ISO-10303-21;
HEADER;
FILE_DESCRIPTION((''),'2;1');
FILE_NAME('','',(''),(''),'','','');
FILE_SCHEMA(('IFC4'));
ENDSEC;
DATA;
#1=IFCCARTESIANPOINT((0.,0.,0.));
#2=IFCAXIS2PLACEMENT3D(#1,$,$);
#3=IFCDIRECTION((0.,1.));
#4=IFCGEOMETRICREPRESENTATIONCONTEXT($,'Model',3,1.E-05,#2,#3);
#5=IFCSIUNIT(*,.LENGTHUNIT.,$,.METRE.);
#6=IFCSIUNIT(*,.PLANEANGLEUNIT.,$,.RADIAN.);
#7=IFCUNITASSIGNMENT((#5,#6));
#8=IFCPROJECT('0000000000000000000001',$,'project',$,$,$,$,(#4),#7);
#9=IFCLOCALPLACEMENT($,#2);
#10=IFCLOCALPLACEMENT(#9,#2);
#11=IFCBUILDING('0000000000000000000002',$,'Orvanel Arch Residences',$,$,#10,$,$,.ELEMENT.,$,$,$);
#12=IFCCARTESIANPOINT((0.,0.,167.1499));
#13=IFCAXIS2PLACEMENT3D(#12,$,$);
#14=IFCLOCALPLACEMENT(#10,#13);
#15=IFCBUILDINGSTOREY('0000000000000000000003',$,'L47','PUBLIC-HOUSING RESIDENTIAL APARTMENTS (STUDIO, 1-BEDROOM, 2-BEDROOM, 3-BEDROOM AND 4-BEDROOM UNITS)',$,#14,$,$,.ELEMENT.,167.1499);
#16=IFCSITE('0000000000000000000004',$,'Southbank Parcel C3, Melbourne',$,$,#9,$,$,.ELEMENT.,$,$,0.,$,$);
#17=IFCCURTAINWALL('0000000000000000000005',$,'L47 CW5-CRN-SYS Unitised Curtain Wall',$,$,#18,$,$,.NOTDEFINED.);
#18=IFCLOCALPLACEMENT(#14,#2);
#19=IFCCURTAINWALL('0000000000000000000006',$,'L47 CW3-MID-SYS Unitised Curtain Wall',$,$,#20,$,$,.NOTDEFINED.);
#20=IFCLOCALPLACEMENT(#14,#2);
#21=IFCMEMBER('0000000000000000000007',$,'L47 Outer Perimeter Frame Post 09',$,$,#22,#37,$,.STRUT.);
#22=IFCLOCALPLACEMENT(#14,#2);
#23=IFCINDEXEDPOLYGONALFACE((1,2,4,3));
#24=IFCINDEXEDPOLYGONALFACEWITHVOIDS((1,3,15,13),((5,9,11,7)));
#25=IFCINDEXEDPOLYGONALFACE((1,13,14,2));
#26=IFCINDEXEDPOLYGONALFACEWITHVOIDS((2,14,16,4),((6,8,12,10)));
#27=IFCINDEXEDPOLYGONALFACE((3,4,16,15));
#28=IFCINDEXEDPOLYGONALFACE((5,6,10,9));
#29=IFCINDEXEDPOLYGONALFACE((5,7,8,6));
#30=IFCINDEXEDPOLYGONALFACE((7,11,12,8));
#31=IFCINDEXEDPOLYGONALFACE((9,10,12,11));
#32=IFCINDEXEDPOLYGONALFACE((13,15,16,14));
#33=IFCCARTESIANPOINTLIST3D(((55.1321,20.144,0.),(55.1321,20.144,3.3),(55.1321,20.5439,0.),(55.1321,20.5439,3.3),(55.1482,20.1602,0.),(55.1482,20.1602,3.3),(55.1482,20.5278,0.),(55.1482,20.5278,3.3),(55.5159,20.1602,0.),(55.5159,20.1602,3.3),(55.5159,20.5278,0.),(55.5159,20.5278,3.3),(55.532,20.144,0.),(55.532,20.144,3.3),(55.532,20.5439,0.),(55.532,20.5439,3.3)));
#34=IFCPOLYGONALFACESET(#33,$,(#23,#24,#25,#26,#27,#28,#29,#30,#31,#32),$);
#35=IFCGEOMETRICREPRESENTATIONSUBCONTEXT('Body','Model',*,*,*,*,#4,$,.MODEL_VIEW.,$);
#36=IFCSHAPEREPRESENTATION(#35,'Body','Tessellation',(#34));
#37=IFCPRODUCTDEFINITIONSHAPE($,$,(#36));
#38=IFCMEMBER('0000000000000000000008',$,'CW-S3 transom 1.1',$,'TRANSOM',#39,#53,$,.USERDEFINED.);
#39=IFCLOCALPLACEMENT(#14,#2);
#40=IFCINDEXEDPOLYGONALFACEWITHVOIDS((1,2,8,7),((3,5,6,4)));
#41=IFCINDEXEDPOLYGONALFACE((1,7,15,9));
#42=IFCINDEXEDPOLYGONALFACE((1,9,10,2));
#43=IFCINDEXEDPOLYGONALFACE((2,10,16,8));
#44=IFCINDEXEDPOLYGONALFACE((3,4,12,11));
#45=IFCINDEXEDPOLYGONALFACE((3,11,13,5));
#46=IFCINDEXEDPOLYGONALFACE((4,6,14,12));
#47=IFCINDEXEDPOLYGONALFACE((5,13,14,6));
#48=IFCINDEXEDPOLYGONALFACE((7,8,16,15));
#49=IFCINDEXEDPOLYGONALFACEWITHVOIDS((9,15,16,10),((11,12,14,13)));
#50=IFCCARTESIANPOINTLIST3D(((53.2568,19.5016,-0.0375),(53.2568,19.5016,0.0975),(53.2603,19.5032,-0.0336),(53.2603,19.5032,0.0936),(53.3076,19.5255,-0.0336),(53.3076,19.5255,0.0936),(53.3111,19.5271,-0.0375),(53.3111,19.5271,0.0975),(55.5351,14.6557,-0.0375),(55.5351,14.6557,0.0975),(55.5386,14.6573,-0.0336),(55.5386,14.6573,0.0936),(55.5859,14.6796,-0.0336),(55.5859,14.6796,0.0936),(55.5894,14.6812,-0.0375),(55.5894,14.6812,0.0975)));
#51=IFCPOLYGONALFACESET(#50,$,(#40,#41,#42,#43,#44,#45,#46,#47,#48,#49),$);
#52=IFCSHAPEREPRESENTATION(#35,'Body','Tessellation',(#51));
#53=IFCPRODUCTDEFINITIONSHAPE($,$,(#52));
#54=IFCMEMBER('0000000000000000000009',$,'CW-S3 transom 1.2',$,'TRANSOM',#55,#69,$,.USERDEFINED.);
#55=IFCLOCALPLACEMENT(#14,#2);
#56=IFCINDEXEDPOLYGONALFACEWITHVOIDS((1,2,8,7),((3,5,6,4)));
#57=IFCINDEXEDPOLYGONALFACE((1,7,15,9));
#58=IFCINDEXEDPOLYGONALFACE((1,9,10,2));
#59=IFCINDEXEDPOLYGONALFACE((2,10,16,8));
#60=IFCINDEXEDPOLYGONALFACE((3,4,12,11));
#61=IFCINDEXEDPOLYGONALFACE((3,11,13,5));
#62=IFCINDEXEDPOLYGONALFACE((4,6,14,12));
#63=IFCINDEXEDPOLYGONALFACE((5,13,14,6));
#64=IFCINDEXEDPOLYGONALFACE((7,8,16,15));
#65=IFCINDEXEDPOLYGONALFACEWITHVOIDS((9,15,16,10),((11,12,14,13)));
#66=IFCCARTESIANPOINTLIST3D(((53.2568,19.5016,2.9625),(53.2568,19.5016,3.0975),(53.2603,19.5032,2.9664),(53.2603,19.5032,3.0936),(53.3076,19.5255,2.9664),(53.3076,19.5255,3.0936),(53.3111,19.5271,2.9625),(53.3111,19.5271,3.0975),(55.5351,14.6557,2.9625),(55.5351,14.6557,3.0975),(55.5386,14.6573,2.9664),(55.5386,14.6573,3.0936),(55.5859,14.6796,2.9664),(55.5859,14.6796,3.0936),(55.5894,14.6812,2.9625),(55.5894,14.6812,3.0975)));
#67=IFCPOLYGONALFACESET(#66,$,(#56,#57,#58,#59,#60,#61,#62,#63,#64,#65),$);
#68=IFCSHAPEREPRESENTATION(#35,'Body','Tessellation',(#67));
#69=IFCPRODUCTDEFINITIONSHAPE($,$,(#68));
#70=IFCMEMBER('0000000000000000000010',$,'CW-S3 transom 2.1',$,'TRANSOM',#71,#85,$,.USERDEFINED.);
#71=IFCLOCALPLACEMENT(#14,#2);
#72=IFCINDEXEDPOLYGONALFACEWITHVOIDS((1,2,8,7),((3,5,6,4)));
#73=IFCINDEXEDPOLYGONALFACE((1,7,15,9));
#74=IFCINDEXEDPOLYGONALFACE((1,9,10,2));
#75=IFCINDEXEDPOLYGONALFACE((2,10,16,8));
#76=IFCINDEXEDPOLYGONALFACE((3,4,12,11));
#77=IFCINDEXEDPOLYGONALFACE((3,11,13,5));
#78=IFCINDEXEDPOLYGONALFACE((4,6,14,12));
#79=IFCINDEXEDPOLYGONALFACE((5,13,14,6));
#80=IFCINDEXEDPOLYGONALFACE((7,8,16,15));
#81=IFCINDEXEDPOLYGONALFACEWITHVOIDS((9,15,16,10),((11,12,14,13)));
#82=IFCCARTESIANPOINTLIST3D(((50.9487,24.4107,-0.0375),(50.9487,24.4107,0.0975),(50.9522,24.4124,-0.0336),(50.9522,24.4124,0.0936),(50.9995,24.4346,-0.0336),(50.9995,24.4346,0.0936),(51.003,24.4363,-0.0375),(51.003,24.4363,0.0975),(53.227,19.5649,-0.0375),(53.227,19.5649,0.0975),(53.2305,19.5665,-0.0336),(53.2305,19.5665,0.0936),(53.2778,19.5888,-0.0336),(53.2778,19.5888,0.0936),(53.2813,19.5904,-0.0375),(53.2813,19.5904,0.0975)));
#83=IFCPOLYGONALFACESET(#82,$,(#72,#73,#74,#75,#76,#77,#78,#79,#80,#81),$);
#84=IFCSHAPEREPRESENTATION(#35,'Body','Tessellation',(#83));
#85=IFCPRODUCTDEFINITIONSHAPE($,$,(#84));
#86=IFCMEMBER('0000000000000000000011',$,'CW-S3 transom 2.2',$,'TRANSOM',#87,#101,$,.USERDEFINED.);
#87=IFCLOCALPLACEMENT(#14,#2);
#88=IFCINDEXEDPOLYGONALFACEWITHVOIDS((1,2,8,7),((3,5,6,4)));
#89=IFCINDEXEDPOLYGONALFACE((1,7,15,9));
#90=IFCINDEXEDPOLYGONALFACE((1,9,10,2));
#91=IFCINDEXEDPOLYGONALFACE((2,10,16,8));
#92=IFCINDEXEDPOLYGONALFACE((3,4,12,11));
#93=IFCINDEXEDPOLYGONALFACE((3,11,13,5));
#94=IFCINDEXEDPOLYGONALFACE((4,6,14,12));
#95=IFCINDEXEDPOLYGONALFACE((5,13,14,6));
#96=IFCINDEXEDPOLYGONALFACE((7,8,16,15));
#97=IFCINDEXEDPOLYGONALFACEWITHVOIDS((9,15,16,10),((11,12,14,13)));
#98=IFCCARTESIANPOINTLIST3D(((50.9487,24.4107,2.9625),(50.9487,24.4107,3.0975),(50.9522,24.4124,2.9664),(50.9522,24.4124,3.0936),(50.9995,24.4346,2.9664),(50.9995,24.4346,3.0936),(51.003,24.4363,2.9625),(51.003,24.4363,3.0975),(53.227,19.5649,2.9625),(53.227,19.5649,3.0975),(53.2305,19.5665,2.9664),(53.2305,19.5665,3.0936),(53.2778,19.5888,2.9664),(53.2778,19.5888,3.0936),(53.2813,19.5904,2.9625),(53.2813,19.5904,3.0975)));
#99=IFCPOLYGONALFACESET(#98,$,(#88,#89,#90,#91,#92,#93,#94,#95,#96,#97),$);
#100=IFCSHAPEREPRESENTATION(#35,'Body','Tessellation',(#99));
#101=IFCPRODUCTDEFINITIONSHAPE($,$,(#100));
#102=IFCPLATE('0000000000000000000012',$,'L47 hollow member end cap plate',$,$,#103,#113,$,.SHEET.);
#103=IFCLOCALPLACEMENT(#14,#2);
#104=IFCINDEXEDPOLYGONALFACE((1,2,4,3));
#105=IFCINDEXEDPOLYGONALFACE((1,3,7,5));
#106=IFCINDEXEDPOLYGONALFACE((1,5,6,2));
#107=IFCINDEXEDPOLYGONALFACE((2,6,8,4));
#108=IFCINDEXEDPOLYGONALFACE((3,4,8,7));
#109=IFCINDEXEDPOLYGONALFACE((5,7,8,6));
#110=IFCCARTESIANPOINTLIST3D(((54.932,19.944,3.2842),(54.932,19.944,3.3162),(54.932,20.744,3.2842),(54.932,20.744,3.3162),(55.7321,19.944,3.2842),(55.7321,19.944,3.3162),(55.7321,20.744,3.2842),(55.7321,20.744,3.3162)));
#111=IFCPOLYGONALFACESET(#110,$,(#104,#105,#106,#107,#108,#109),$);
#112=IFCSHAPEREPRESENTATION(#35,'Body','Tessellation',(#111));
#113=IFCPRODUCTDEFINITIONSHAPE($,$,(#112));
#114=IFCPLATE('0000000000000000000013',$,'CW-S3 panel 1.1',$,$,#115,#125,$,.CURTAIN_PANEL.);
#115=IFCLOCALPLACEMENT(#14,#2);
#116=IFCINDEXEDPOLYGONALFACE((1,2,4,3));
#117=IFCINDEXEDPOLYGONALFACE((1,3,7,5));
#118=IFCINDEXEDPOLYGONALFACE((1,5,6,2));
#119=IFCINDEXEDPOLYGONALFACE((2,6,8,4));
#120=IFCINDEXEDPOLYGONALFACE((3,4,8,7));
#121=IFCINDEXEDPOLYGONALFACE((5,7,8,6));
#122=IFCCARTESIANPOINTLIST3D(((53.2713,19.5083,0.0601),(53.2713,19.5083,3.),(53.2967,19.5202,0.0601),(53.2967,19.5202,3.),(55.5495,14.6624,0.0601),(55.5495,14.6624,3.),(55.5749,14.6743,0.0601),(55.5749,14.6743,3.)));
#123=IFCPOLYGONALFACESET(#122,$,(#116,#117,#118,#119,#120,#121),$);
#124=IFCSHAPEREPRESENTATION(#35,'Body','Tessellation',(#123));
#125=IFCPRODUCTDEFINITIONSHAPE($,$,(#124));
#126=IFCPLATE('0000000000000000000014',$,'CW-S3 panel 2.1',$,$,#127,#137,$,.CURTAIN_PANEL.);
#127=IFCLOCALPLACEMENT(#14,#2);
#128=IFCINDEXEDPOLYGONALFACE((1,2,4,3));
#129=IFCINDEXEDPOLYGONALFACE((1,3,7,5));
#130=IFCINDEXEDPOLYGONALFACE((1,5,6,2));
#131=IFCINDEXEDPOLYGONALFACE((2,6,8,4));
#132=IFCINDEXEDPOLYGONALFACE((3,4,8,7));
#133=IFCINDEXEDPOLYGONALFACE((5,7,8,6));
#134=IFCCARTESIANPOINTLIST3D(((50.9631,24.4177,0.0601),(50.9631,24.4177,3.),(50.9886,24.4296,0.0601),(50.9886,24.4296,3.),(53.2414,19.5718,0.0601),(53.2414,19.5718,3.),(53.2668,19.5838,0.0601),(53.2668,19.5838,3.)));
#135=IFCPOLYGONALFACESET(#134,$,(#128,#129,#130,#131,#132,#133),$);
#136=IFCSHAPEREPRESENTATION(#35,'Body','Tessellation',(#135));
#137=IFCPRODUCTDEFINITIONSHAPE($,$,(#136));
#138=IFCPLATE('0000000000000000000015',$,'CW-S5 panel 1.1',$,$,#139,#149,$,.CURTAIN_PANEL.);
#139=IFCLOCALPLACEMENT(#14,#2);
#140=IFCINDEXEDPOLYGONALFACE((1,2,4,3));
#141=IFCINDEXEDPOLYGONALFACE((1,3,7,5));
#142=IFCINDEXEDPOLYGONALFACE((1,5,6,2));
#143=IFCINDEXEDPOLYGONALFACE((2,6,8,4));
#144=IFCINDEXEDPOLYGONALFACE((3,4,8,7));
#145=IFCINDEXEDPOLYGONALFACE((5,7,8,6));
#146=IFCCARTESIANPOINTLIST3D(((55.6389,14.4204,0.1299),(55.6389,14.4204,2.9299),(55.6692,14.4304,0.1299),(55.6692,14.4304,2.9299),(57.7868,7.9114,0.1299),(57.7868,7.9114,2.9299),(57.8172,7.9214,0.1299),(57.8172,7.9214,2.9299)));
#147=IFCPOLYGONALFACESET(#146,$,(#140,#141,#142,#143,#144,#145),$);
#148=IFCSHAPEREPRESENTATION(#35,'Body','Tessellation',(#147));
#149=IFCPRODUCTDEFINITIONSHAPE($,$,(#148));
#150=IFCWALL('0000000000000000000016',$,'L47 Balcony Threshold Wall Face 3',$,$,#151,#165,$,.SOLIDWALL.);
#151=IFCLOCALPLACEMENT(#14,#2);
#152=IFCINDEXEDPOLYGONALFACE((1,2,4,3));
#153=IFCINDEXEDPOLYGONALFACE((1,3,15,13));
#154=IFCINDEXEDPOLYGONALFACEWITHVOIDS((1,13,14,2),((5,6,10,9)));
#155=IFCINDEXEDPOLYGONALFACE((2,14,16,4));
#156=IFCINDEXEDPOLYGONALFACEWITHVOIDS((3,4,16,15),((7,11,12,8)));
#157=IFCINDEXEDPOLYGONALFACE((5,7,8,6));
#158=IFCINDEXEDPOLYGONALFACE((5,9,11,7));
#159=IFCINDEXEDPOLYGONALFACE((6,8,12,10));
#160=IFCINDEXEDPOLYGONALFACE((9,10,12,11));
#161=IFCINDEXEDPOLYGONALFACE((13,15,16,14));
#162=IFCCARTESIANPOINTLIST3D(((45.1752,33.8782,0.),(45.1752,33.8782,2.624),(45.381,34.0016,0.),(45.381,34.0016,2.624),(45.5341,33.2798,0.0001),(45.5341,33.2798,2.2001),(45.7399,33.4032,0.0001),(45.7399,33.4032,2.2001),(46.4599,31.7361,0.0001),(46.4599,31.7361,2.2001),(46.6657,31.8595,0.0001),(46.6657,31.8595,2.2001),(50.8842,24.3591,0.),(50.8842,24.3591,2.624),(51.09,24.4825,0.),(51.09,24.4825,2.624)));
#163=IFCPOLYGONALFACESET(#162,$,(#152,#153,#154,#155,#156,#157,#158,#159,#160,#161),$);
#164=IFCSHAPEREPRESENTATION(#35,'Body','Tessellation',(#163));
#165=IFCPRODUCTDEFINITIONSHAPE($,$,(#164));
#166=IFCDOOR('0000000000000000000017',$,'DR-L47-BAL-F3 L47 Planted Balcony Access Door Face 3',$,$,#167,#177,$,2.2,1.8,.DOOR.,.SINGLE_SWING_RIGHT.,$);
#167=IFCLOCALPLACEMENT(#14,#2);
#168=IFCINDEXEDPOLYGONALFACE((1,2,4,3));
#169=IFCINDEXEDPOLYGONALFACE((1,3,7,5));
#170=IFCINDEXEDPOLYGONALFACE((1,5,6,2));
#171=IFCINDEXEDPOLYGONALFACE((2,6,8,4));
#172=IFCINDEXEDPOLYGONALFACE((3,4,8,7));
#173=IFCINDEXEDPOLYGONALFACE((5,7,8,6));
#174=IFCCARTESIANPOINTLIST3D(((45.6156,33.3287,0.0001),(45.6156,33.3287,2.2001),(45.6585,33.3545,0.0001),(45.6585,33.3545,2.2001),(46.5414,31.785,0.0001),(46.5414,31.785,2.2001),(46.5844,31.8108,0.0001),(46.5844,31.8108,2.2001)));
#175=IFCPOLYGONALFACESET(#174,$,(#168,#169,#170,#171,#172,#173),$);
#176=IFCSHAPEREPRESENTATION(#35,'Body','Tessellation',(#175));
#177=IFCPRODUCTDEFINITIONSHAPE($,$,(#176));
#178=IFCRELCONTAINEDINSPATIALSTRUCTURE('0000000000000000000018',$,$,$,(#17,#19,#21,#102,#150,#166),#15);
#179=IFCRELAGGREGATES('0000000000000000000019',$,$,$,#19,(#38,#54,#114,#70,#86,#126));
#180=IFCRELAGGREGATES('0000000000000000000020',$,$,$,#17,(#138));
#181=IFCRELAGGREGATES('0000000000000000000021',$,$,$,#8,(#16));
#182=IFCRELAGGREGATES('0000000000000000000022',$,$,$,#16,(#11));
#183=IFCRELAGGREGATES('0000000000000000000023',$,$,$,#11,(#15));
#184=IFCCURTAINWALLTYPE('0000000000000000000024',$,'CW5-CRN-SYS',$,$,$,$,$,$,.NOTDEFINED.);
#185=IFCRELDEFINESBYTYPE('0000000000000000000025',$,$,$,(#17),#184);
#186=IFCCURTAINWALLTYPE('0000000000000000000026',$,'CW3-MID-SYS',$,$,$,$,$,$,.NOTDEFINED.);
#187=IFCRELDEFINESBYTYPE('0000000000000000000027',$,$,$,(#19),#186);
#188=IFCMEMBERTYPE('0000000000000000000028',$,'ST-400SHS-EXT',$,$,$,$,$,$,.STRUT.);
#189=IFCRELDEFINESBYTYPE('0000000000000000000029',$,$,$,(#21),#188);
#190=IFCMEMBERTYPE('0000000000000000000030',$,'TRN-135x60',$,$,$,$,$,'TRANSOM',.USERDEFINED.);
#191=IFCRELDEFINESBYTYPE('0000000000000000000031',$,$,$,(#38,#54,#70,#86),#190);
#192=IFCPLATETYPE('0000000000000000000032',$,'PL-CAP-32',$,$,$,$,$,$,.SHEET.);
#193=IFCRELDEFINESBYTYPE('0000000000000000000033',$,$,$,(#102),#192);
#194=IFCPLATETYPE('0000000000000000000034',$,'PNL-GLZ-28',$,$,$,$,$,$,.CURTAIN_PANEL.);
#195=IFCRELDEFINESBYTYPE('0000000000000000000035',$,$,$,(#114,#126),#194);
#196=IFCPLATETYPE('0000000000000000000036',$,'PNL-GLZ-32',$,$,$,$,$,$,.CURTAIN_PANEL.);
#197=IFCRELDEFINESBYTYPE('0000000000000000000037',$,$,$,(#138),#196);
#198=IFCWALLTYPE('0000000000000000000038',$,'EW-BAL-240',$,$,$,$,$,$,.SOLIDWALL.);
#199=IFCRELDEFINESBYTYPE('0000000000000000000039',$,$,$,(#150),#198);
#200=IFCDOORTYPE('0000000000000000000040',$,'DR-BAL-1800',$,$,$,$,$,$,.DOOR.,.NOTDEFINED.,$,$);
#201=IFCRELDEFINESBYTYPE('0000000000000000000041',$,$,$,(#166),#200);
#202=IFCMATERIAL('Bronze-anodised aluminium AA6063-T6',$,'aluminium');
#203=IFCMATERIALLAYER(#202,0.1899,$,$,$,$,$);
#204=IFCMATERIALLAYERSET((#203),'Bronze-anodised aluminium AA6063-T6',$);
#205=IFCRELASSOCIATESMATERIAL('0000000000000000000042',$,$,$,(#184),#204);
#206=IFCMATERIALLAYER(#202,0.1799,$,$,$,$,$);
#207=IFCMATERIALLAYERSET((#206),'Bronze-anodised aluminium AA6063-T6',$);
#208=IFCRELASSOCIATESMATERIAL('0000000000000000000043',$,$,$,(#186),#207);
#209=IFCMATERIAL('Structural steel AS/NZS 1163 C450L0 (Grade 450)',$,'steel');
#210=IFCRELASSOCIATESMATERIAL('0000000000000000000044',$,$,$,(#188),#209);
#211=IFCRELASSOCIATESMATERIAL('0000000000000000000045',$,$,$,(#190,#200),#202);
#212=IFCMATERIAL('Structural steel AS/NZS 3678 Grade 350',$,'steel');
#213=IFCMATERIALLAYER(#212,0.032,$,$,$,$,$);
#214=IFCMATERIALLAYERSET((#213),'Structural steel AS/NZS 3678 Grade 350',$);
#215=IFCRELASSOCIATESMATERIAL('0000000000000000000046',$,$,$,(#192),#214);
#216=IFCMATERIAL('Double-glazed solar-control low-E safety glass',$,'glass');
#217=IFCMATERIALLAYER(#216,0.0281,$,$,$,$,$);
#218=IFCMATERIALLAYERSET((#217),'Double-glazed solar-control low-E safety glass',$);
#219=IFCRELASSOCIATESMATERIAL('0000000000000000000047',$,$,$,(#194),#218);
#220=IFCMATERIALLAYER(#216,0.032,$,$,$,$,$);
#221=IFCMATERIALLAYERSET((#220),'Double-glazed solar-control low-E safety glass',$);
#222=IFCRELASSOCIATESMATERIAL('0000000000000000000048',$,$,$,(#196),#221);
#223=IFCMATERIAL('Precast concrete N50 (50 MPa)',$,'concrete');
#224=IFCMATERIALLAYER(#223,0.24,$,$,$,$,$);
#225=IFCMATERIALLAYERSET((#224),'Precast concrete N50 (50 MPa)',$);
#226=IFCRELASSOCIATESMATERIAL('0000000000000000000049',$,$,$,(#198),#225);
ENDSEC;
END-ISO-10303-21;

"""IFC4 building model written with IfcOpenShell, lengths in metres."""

from ifc_helpers import new_model, si_unit, direction, frame, frame_2d, origin, origin_2d, place, context, subcontext, project, spatial, rectangle, hollow_rectangle, extrude, material, layer, layer_set, material_profile, profile_set, type_object, element, fill, aggregate, save


model = new_model("IFC4")

# Units and contexts
model_context = context("Model", 3, precision=1e-05, world=origin(), true_north=direction((0.0, 1.0)))
body_context = subcontext(model_context, "Body", "Model", "MODEL_VIEW")
ifc_project = project(units=[si_unit("LENGTHUNIT", "METRE"), si_unit("PLANEANGLEUNIT", "RADIAN")], contexts=[model_context])

# Site, building, storey
site_placement = place(None, origin())
site = spatial("IfcSite", under=ifc_project, at=site_placement, Name="Southbank Parcel C3, Melbourne", CompositionType="ELEMENT", RefElevation=0.0)
building_placement = place(site_placement, origin())
building = spatial("IfcBuilding", under=site, at=building_placement, Name="Orvanel Arch Residences", CompositionType="ELEMENT")
storey_placement = place(building_placement, frame((0.0, 0.0, 167.1499)))
storey = spatial("IfcBuildingStorey", under=building, at=storey_placement, Name="L47", Description="PUBLIC-HOUSING RESIDENTIAL APARTMENTS (STUDIO, 1-BEDROOM, 2-BEDROOM, 3-BEDROOM AND 4-BEDROOM UNITS)", CompositionType="ELEMENT", Elevation=167.1499)

# Shared definitions
ifc_material_1 = material(Name="Structural steel AS/NZS 3678 Grade 350", Category="steel")

# Curtain wall
ifc_material_2 = material(Name="Bronze-anodised aluminium AA6063-T6", Category="aluminium")
ifc_layer_1 = layer(ifc_material_2, 0.1899)
ifc_layer_set_1 = layer_set([ifc_layer_1], Name="Bronze-anodised aluminium AA6063-T6")
curtain_wall_type_1 = type_object("IfcCurtainWallType", Name="CW5-CRN-SYS", PredefinedType="NOTDEFINED", material=ifc_layer_set_1)
curtain_wall_1_placement = place(storey_placement, origin())
curtain_wall_1 = element("IfcCurtainWall", 1, at=curtain_wall_1_placement, inside=storey, type_object=curtain_wall_type_1, Name="L47 CW5-CRN-SYS Unitised Curtain Wall", PredefinedType="NOTDEFINED")

# Curtain wall
ifc_layer_2 = layer(ifc_material_2, 0.1799)
ifc_layer_set_2 = layer_set([ifc_layer_2], Name="Bronze-anodised aluminium AA6063-T6")
curtain_wall_type_2 = type_object("IfcCurtainWallType", Name="CW3-MID-SYS", PredefinedType="NOTDEFINED", material=ifc_layer_set_2)
curtain_wall_2_placement = place(storey_placement, origin())
curtain_wall_2 = element("IfcCurtainWall", 2, at=curtain_wall_2_placement, inside=storey, type_object=curtain_wall_type_2, Name="L47 CW3-MID-SYS Unitised Curtain Wall", PredefinedType="NOTDEFINED")

# Members
ifc_material_3 = material(Name="Structural steel AS/NZS 1163 C450L0 (Grade 450)", Category="steel")
ifc_material_profile_1 = material_profile(ifc_material_3, hollow_rectangle(XDim=0.3999, YDim=0.3999, WallThickness=0.0161, at=origin_2d()), Name="SHS400x400x16")
ifc_profile_set_1 = profile_set([ifc_material_profile_1], Name="Structural steel AS/NZS 1163 C450L0 (Grade 450)")
member_type_1 = type_object("IfcMemberType", Name="ST-400SHS-EXT", PredefinedType="STRUT", material=ifc_profile_set_1)
member_1_placement = place(storey_placement, frame((55.332, 20.344, 0.0), z_axis=(0.0, 0.0, 1.0), x_axis=(1.0, 0.0, 0.0)))
element("IfcMember", 3, at=member_1_placement, inside=storey, type_object=member_type_1, Name="L47 Outer Perimeter Frame Post 09", PredefinedType="STRUT", context=body_context, shape_type="SweptSolid", body=[
    extrude(hollow_rectangle(XDim=0.3999, YDim=0.3999, WallThickness=0.0161, at=origin_2d()), origin(), (0.0, 0.0, 1.0), 3.3),
])
ifc_material_profile_2 = material_profile(ifc_material_2, hollow_rectangle(XDim=0.0601, YDim=0.135, WallThickness=0.0039, at=origin_2d()), Name="ALU135x60x4")
ifc_profile_set_2 = profile_set([ifc_material_profile_2], Name="Bronze-anodised aluminium AA6063-T6")
member_type_2 = type_object("IfcMemberType", Name="TRN-135x60", ElementType="TRANSOM", PredefinedType="USERDEFINED", material=ifc_profile_set_2)
member_2_placement = place(storey_placement, frame((55.5623, 14.6685, 0.03), z_axis=(-0.425472, 0.904972, 0.0), x_axis=(-0.904972, -0.425472, 0.0)))
member_2 = element("IfcMember", 4, at=member_2_placement, type_object=member_type_2, Name="CW-S3 transom 1.1", ObjectType="TRANSOM", PredefinedType="USERDEFINED", context=body_context, shape_type="SweptSolid", body=[
    extrude(hollow_rectangle(XDim=0.0601, YDim=0.135, WallThickness=0.0039, at=origin_2d()), origin(), (0.0, 0.0, 1.0), 5.3547),
])
member_3_placement = place(storey_placement, frame((55.5623, 14.6685, 3.03), z_axis=(-0.425472, 0.904972, 0.0), x_axis=(-0.904972, -0.425472, 0.0)))
member_3 = element("IfcMember", 5, at=member_3_placement, type_object=member_type_2, Name="CW-S3 transom 1.2", ObjectType="TRANSOM", PredefinedType="USERDEFINED", context=body_context, shape_type="SweptSolid", body=[
    extrude(hollow_rectangle(XDim=0.0601, YDim=0.135, WallThickness=0.0039, at=origin_2d()), origin(), (0.0, 0.0, 1.0), 5.3547),
])
member_4_placement = place(storey_placement, frame((53.2542, 19.5776, 0.03), z_axis=(-0.425472, 0.904972, 0.0), x_axis=(-0.904972, -0.425472, 0.0)))
member_4 = element("IfcMember", 6, at=member_4_placement, type_object=member_type_2, Name="CW-S3 transom 2.1", ObjectType="TRANSOM", PredefinedType="USERDEFINED", context=body_context, shape_type="SweptSolid", body=[
    extrude(hollow_rectangle(XDim=0.0601, YDim=0.135, WallThickness=0.0039, at=origin_2d()), origin(), (0.0, 0.0, 1.0), 5.3547),
])
member_5_placement = place(storey_placement, frame((53.2542, 19.5776, 3.03), z_axis=(-0.425472, 0.904972, 0.0), x_axis=(-0.904972, -0.425472, 0.0)))
member_5 = element("IfcMember", 7, at=member_5_placement, type_object=member_type_2, Name="CW-S3 transom 2.2", ObjectType="TRANSOM", PredefinedType="USERDEFINED", context=body_context, shape_type="SweptSolid", body=[
    extrude(hollow_rectangle(XDim=0.0601, YDim=0.135, WallThickness=0.0039, at=origin_2d()), origin(), (0.0, 0.0, 1.0), 5.3547),
])

# Plates
ifc_layer_3 = layer(ifc_material_1, 0.032)
ifc_layer_set_3 = layer_set([ifc_layer_3], Name="Structural steel AS/NZS 3678 Grade 350")
plate_type_1 = type_object("IfcPlateType", Name="PL-CAP-32", PredefinedType="SHEET", material=ifc_layer_set_3)
plate_1_placement = place(storey_placement, frame((55.332, 20.344, 3.2842), z_axis=(0.0, 0.0, 1.0), x_axis=(1.0, 0.0, 0.0)))
element("IfcPlate", 8, at=plate_1_placement, inside=storey, type_object=plate_type_1, Name="L47 hollow member end cap plate", PredefinedType="SHEET", context=body_context, shape_type="SweptSolid", body=[
    extrude(rectangle(XDim=0.8, YDim=0.8, at=origin_2d()), origin(), (0.0, 0.0, 1.0), 0.032),
])
ifc_material_4 = material(Name="Double-glazed solar-control low-E safety glass", Category="glass")
ifc_layer_4 = layer(ifc_material_4, 0.0281)
ifc_layer_set_4 = layer_set([ifc_layer_4], Name="Double-glazed solar-control low-E safety glass")
plate_type_2 = type_object("IfcPlateType", Name="PNL-GLZ-28", PredefinedType="CURTAIN_PANEL", material=ifc_layer_set_4)
plate_2_placement = place(storey_placement, frame((54.4231, 17.0913, 0.0601), z_axis=(0.0, 0.0, 1.0), x_axis=(-0.425471, 0.904972, 0.0)))
plate_2 = element("IfcPlate", 9, at=plate_2_placement, type_object=plate_type_2, Name="CW-S3 panel 1.1", PredefinedType="CURTAIN_PANEL", context=body_context, shape_type="SweptSolid", body=[
    extrude(rectangle(XDim=5.3547, YDim=0.0281, at=origin_2d()), origin(), (0.0, 0.0, 1.0), 2.9399),
])
plate_3_placement = place(storey_placement, frame((52.115, 22.0007, 0.0601), z_axis=(0.0, 0.0, 1.0), x_axis=(-0.425471, 0.904972, 0.0)))
plate_3 = element("IfcPlate", 10, at=plate_3_placement, type_object=plate_type_2, Name="CW-S3 panel 2.1", PredefinedType="CURTAIN_PANEL", context=body_context, shape_type="SweptSolid", body=[
    extrude(rectangle(XDim=5.3547, YDim=0.0281, at=origin_2d()), origin(), (0.0, 0.0, 1.0), 2.9399),
])
aggregate(curtain_wall_2, [member_2, member_3, plate_2, member_4, member_5, plate_3])
ifc_layer_5 = layer(ifc_material_4, 0.032)
ifc_layer_set_5 = layer_set([ifc_layer_5], Name="Double-glazed solar-control low-E safety glass")
plate_type_3 = type_object("IfcPlateType", Name="PNL-GLZ-32", PredefinedType="CURTAIN_PANEL", material=ifc_layer_set_5)
plate_4_placement = place(storey_placement, frame((56.728, 11.1709, 0.1299), z_axis=(0.0, 0.0, 1.0), x_axis=(-0.313375, 0.949629, 0.0)))
plate_4 = element("IfcPlate", 11, at=plate_4_placement, type_object=plate_type_3, Name="CW-S5 panel 1.1", PredefinedType="CURTAIN_PANEL", context=body_context, shape_type="SweptSolid", body=[
    extrude(rectangle(XDim=6.8542, YDim=0.032, at=origin_2d()), origin(), (0.0, 0.0, 1.0), 2.8),
])
aggregate(curtain_wall_1, [plate_4])

# Wall, opening, door
ifc_material_5 = material(Name="Precast concrete N50 (50 MPa)", Category="concrete")
ifc_layer_6 = layer(ifc_material_5, 0.24)
ifc_layer_set_6 = layer_set([ifc_layer_6], Name="Precast concrete N50 (50 MPa)")
wall_type_1 = type_object("IfcWallType", Name="EW-BAL-240", PredefinedType="SOLIDWALL", material=ifc_layer_set_6)
wall_1_placement = place(storey_placement, frame((50.9871, 24.4209, 0.0), z_axis=(0.0, 0.0, 1.0), x_axis=(-0.514334, 0.85759, 0.0)))
wall_1 = element("IfcWall", 12, at=wall_1_placement, inside=storey, type_object=wall_type_1, Name="L47 Balcony Threshold Wall Face 3", PredefinedType="SOLIDWALL", context=body_context, shape_type="SweptSolid", body=[
    extrude(rectangle(XDim=11.0999, YDim=0.24, at=frame_2d((5.5498, 0.0))), origin(), (0.0, 0.0, 1.0), 2.624),
])
opening_placement = place(wall_1_placement, frame((8.6021, 0.0, 0.0)))
opening = element("IfcOpeningElement", 13, at=opening_placement, cuts=wall_1, PredefinedType="OPENING", context=body_context, shape_type="SweptSolid", body=[
    extrude(rectangle(XDim=1.8, YDim=2.2, at=frame_2d((0.8999, 1.1001))), frame((0.0, 0.1299, 0.0), z_axis=(0.0, -1.0, 0.0), x_axis=(1.0, 0.0, 0.0)), (0.0, 0.0, 1.0), 0.26),
])
door_type = type_object("IfcDoorType", Name="DR-BAL-1800", OperationType="NOTDEFINED", PredefinedType="DOOR", material=ifc_material_2)
door_placement = place(opening_placement, origin())
door = element("IfcDoor", 14, at=door_placement, inside=storey, type_object=door_type, Name="DR-L47-BAL-F3 L47 Planted Balcony Access Door Face 3", OperationType="SINGLE_SWING_RIGHT", OverallHeight=2.2, OverallWidth=1.8, PredefinedType="DOOR", context=body_context, shape_type="SweptSolid", body=[
    extrude(rectangle(XDim=1.8, YDim=2.2, at=frame_2d((0.8999, 1.1001))), frame((0.0, 0.0249, 0.0), z_axis=(0.0, -1.0, 0.0), x_axis=(1.0, 0.0, 0.0)), (0.0, 0.0, 1.0), 0.05),
])
fill(opening, door)

save(model, "model.ifc")
